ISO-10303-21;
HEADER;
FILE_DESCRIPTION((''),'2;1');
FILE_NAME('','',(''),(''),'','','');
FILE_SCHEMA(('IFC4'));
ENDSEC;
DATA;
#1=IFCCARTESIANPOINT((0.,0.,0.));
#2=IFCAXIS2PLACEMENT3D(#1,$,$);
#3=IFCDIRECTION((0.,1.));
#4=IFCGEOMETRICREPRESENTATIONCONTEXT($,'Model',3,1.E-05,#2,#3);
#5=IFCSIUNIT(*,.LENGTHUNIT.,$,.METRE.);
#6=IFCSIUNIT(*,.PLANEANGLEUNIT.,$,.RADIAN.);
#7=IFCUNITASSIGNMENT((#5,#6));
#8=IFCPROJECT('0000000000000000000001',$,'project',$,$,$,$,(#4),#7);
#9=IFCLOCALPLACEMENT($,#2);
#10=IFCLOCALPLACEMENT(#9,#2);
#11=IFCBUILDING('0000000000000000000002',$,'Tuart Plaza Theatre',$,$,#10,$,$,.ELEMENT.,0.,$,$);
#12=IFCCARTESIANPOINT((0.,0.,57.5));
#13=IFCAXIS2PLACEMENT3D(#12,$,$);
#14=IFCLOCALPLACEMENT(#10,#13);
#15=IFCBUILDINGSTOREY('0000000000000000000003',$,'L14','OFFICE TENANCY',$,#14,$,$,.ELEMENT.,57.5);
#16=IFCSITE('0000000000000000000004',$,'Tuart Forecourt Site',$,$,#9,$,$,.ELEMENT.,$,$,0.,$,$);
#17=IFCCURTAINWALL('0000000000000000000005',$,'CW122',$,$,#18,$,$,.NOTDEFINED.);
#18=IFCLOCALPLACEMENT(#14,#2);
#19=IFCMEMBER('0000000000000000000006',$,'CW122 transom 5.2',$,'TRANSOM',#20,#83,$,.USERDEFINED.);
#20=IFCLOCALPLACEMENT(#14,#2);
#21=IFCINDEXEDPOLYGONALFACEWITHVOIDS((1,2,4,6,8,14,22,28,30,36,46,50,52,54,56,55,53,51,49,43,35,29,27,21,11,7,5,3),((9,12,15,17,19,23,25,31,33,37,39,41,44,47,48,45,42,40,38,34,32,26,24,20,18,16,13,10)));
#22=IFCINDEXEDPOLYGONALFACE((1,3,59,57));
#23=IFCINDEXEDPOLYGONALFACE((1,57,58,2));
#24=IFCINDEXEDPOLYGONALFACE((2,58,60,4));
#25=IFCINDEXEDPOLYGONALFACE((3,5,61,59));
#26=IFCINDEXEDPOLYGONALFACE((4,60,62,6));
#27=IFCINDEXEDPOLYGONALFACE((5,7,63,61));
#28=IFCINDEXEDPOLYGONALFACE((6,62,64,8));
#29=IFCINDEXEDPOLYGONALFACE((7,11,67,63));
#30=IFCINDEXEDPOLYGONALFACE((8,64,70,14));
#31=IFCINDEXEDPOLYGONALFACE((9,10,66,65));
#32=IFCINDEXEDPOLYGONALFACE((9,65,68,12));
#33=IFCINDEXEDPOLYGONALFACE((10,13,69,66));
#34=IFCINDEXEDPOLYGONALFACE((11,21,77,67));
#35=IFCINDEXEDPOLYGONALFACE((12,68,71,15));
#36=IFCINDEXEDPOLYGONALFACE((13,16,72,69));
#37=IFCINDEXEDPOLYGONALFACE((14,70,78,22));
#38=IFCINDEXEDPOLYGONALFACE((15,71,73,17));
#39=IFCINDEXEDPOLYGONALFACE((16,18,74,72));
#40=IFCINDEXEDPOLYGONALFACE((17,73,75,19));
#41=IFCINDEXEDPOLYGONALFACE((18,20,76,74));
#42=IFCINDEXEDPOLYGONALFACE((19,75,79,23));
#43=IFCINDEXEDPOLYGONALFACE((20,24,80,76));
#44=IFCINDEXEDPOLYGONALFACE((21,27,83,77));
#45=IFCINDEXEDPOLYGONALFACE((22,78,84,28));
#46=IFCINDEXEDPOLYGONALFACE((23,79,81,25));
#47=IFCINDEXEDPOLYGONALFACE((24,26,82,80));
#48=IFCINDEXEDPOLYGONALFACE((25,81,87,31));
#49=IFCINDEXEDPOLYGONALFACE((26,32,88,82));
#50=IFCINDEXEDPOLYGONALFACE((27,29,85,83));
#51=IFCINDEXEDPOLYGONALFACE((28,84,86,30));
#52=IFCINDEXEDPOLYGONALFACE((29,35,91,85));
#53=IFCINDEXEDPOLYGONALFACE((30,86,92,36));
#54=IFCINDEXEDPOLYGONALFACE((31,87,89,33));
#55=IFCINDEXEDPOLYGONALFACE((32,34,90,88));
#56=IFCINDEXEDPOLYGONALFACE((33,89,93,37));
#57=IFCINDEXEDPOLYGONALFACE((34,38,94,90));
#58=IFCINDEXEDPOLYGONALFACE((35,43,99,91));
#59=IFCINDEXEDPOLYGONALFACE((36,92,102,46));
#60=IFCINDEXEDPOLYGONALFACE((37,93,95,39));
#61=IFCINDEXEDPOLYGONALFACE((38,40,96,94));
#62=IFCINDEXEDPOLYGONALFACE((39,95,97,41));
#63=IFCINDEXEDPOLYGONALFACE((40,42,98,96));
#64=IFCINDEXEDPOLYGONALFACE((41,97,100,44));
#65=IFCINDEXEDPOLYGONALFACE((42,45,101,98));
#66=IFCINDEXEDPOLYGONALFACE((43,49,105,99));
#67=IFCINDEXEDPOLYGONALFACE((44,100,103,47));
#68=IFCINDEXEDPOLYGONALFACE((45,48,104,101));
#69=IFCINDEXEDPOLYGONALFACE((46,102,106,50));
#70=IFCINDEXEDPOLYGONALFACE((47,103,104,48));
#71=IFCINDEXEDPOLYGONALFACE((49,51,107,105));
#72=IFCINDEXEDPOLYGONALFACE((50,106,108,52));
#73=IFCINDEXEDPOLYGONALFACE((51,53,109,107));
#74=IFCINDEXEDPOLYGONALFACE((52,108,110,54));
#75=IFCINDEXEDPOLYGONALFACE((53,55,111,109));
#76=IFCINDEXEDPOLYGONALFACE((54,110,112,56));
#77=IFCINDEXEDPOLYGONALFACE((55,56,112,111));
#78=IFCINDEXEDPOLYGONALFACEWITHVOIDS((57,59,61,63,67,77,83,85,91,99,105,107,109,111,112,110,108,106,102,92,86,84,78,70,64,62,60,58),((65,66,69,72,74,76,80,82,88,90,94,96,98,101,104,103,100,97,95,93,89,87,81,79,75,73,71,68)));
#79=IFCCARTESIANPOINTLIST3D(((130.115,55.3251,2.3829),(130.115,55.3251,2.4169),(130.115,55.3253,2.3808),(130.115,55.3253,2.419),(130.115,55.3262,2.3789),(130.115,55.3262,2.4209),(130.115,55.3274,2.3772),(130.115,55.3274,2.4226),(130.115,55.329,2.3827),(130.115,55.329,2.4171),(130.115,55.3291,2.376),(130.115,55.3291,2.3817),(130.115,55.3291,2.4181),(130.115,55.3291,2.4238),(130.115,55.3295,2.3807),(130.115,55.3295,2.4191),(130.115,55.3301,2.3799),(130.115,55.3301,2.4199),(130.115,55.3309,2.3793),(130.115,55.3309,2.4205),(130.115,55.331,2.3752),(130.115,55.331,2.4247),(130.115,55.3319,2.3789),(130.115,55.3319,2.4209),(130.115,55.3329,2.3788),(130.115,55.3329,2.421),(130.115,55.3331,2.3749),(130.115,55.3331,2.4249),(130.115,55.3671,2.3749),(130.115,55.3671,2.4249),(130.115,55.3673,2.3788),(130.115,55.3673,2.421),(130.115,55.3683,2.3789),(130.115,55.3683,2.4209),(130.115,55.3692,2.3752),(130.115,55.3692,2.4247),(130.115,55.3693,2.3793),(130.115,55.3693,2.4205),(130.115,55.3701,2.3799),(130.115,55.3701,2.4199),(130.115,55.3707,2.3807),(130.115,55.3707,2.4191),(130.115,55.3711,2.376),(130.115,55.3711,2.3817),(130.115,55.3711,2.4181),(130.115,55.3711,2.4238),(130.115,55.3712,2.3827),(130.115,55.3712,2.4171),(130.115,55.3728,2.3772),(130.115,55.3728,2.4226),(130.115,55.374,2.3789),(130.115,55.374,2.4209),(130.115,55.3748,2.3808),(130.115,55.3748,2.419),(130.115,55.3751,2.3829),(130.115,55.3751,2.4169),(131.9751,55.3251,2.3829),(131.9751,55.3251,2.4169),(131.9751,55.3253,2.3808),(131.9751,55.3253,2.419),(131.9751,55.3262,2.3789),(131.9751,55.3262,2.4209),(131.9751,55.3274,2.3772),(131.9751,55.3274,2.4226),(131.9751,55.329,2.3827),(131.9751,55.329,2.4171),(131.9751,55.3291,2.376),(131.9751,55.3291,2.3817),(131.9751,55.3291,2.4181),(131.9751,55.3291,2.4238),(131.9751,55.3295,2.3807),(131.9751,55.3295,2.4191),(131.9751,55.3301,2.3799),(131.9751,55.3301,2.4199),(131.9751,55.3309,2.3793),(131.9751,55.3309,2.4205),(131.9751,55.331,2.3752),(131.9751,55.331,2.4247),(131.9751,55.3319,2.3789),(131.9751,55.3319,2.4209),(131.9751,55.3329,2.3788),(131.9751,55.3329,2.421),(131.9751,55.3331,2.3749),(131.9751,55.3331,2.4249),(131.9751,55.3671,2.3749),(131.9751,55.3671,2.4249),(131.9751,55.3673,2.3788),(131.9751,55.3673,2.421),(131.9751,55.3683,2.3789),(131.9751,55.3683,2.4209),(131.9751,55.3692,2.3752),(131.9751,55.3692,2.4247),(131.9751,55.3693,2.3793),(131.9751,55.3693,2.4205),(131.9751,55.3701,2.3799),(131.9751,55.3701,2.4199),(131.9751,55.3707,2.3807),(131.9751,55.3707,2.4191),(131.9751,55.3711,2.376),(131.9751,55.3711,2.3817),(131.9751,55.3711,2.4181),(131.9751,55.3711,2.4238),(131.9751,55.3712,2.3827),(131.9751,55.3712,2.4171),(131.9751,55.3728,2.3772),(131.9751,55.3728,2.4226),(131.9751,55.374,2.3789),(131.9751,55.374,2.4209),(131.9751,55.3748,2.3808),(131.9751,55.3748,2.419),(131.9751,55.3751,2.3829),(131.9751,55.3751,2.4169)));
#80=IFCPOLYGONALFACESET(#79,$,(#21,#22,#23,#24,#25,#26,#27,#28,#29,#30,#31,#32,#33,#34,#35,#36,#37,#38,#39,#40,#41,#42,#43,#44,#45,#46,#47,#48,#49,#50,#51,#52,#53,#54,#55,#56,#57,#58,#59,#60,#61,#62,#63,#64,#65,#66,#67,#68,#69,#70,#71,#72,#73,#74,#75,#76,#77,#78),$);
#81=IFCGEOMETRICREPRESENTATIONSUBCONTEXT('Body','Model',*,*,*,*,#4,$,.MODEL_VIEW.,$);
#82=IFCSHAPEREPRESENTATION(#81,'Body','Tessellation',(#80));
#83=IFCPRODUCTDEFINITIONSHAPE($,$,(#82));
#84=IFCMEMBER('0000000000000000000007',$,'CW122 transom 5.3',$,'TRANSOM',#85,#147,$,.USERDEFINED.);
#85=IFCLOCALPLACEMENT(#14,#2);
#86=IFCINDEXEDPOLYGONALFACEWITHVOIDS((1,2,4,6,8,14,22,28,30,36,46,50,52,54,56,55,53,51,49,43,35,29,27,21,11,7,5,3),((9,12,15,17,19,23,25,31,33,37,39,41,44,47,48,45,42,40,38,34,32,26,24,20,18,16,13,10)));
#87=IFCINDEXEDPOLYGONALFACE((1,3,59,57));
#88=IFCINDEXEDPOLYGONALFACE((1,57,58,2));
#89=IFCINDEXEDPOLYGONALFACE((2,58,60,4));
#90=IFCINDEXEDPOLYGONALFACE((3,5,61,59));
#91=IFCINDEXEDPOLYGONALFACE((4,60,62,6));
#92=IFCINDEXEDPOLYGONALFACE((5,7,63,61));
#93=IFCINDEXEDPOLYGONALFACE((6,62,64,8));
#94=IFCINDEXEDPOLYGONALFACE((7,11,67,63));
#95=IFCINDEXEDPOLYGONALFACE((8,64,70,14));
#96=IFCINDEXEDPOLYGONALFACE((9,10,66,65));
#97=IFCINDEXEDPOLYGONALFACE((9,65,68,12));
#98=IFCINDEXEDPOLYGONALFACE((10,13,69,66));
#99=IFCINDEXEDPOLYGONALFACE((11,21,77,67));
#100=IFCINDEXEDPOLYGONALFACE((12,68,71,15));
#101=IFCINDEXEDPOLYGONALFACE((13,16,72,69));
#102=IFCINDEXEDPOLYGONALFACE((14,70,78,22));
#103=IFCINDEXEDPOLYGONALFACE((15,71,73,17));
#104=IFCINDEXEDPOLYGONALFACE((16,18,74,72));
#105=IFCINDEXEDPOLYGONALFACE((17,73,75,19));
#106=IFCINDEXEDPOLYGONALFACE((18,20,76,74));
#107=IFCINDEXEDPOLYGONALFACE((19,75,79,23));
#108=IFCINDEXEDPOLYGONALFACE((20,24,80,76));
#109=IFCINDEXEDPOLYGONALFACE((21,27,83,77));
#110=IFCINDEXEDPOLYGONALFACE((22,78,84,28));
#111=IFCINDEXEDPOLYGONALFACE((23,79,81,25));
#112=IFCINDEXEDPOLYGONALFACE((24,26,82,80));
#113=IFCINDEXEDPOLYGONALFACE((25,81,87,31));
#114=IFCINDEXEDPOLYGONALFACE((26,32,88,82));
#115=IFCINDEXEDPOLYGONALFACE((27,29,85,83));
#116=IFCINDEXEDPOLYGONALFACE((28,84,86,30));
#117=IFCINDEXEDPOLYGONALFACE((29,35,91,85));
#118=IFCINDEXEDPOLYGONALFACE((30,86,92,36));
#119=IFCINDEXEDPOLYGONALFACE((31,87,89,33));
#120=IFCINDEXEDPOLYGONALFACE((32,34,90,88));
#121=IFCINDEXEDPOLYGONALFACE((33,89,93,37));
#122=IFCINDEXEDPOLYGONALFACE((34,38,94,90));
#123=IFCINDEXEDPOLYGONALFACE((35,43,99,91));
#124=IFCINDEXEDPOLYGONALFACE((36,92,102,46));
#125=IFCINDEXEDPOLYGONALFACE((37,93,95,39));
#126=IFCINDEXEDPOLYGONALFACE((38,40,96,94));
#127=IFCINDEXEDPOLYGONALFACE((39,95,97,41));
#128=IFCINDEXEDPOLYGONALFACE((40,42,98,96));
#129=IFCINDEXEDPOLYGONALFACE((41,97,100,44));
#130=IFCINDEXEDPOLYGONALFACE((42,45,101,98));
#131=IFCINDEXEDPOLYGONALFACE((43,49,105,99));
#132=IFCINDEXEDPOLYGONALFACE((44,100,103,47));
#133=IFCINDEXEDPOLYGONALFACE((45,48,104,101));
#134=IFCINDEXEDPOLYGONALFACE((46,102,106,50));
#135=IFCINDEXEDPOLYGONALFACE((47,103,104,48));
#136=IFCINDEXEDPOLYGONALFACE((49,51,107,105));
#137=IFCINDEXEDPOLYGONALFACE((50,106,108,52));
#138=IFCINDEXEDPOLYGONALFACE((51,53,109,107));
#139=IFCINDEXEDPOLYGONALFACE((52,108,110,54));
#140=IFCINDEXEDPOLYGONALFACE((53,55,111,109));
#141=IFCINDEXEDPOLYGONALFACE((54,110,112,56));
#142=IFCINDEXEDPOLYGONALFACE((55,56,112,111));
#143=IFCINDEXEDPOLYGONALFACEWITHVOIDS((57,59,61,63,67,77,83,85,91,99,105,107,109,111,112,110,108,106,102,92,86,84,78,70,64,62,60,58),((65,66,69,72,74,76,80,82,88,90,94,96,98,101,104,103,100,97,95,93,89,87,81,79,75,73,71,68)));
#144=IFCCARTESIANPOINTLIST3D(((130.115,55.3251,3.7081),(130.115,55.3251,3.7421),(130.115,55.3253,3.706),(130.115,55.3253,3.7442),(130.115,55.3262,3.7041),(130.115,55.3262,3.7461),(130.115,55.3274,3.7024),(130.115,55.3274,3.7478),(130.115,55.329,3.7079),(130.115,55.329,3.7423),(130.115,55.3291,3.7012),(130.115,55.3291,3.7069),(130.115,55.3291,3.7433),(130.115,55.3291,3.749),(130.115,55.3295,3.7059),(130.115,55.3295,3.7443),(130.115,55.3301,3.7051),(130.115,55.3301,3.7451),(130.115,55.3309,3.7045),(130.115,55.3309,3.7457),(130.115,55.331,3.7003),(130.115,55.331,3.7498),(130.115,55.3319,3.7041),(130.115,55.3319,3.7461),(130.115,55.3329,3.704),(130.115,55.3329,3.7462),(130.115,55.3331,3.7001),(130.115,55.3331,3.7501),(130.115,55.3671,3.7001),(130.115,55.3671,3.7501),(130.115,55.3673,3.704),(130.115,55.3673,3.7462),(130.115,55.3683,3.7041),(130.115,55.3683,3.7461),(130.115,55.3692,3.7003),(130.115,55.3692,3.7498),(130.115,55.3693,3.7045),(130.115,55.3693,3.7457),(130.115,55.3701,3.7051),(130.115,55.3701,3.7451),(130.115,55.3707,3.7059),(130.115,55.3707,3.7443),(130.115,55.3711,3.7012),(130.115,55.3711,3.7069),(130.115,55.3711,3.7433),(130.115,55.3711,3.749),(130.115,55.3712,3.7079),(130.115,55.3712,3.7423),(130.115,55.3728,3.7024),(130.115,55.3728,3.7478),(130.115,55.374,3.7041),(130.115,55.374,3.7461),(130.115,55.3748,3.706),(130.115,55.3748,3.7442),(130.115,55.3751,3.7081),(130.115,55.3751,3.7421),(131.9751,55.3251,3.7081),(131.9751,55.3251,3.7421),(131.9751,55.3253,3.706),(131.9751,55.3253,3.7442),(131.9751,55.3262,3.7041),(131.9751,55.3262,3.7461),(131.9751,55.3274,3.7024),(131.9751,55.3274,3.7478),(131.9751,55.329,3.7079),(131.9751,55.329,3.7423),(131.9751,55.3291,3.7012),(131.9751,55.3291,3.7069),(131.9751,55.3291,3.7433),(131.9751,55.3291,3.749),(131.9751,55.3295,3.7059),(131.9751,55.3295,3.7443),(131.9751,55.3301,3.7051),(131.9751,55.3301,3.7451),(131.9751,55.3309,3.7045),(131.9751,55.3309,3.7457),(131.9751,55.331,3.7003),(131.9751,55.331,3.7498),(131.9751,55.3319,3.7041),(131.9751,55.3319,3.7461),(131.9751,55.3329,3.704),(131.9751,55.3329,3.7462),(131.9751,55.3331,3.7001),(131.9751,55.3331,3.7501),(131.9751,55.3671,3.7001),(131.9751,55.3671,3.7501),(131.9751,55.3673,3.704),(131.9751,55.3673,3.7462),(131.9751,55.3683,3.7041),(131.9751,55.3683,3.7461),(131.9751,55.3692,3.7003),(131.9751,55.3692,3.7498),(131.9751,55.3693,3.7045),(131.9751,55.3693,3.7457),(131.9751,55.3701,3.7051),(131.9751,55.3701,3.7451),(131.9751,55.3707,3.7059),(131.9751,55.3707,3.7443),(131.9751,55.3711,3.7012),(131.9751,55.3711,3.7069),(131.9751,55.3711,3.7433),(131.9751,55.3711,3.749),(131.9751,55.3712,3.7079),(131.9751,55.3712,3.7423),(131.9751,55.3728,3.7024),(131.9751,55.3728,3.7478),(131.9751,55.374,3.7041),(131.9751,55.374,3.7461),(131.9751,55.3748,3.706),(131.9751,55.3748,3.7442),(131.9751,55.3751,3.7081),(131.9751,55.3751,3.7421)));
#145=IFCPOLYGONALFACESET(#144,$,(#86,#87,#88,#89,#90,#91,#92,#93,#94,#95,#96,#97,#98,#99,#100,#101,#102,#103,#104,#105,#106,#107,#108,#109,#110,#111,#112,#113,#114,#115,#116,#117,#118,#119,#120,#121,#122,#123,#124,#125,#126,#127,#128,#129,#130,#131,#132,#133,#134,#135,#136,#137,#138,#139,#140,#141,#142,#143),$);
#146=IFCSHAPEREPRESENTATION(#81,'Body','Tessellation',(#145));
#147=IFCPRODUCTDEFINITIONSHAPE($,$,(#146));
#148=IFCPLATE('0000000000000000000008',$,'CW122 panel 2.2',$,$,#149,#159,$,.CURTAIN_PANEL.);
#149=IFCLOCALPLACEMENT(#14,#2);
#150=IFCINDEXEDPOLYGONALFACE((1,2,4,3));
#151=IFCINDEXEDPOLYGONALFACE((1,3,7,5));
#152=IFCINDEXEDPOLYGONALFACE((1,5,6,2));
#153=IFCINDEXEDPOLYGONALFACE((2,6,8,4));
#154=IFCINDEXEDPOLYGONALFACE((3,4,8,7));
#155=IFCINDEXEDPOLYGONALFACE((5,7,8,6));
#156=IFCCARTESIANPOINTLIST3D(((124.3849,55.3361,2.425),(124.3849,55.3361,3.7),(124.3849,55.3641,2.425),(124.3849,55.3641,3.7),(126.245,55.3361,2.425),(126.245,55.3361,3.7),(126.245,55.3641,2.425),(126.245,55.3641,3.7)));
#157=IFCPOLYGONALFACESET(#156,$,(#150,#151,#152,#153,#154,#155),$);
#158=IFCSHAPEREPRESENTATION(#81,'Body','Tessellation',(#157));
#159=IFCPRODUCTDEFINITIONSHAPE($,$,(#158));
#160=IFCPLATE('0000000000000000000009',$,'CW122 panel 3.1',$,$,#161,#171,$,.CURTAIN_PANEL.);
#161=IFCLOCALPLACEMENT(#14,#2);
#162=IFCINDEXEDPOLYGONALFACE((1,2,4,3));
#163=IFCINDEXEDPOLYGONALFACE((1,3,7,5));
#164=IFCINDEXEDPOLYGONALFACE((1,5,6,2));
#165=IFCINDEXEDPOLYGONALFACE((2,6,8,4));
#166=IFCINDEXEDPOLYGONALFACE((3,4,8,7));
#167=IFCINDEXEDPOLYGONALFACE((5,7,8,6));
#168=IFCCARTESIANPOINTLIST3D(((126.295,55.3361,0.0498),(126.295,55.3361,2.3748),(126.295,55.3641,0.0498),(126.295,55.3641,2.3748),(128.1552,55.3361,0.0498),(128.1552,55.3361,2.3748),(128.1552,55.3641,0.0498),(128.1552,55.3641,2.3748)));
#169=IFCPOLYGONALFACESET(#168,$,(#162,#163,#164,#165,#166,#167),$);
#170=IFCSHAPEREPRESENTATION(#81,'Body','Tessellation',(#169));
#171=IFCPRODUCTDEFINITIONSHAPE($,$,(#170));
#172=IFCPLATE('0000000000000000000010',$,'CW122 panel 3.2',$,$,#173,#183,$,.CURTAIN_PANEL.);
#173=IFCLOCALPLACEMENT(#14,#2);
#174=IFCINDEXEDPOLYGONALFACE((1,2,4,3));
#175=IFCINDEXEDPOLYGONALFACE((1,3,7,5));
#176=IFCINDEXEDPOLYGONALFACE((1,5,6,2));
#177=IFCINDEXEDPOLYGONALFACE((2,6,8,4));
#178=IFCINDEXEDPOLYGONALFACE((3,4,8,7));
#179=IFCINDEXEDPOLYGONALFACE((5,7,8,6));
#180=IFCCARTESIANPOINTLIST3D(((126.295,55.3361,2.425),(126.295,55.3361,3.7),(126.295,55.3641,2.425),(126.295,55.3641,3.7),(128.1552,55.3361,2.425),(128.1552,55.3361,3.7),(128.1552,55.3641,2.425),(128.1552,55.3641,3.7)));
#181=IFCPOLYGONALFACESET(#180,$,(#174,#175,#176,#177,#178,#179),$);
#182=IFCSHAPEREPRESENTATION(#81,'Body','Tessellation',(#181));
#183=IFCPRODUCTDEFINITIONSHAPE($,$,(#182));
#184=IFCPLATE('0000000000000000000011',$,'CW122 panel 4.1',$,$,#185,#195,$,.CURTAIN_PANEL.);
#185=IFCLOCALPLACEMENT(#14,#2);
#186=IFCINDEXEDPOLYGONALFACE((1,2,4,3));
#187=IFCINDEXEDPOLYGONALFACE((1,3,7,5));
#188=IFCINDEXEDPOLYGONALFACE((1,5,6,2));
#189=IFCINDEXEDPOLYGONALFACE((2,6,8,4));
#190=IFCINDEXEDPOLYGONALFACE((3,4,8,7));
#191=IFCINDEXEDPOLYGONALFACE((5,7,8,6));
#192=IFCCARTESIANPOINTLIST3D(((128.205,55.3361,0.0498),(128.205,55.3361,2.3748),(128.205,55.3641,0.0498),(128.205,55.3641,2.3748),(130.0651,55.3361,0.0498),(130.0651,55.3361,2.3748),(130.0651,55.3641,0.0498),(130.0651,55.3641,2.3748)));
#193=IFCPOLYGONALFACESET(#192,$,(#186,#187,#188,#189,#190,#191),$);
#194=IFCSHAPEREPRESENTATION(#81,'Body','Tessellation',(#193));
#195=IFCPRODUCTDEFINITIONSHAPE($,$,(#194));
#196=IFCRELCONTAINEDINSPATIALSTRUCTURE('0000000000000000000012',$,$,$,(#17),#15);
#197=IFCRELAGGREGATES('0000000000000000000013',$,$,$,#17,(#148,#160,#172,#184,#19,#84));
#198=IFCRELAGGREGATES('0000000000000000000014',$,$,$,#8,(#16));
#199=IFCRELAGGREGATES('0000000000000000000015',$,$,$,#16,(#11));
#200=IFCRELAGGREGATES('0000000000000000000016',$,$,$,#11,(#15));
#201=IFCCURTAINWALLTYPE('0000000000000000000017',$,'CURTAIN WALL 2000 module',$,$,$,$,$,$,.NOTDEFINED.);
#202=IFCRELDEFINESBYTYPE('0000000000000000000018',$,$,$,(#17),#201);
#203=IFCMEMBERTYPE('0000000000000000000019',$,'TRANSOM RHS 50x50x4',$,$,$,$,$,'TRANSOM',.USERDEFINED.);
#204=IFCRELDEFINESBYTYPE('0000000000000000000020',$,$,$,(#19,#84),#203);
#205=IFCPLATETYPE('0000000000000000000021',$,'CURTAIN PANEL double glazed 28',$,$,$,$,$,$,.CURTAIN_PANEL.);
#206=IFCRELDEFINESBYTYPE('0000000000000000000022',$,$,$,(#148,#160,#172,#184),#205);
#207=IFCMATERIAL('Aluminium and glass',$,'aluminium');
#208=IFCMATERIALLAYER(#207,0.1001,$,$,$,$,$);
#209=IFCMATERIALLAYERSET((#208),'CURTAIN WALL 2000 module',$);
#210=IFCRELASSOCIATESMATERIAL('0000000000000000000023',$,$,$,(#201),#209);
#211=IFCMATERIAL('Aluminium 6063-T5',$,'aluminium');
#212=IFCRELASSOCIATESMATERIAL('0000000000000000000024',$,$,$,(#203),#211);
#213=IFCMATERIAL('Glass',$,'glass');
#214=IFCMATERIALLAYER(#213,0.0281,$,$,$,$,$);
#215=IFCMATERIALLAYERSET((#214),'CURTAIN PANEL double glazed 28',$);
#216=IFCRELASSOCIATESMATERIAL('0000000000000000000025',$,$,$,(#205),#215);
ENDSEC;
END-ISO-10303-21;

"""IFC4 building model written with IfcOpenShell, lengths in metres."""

from ifc_helpers import new_model, si_unit, direction, frame, origin, origin_2d, place, context, subcontext, project, spatial, rectangle, hollow_rectangle, extrude, material, layer, layer_set, material_profile, profile_set, type_object, element, aggregate, save


model = new_model("IFC4")

# Units and contexts
model_context = context("Model", 3, precision=1e-05, world=origin(), true_north=direction((0.0, 1.0)))
body_context = subcontext(model_context, "Body", "Model", "MODEL_VIEW")
ifc_project = project(units=[si_unit("LENGTHUNIT", "METRE"), si_unit("PLANEANGLEUNIT", "RADIAN")], contexts=[model_context])

# Site, building, storey
site_placement = place(None, origin())
site = spatial("IfcSite", under=ifc_project, at=site_placement, Name="Tuart Forecourt Site", CompositionType="ELEMENT", RefElevation=0.0)
building_placement = place(site_placement, origin())
building = spatial("IfcBuilding", under=site, at=building_placement, Name="Tuart Plaza Theatre", CompositionType="ELEMENT", ElevationOfRefHeight=0.0)
storey_placement = place(building_placement, frame((0.0, 0.0, 57.5)))
storey = spatial("IfcBuildingStorey", under=building, at=storey_placement, Name="L14", Description="OFFICE TENANCY", CompositionType="ELEMENT", Elevation=57.5)

# Curtain wall, members, plates
ifc_material_1 = material(Name="Aluminium and glass", Category="aluminium")
ifc_layer_1 = layer(ifc_material_1, 0.1001)
ifc_layer_set_1 = layer_set([ifc_layer_1], Name="CURTAIN WALL 2000 module")
curtain_wall_type = type_object("IfcCurtainWallType", Name="CURTAIN WALL 2000 module", PredefinedType="NOTDEFINED", material=ifc_layer_set_1)
curtain_wall_placement = place(storey_placement, origin())
curtain_wall = element("IfcCurtainWall", 1, at=curtain_wall_placement, inside=storey, type_object=curtain_wall_type, Name="CW122", PredefinedType="NOTDEFINED")
ifc_material_2 = material(Name="Aluminium 6063-T5", Category="aluminium")
ifc_material_profile_1 = material_profile(ifc_material_2, hollow_rectangle(XDim=0.05, YDim=0.05, WallThickness=0.0039, InnerFilletRadius=0.0039, OuterFilletRadius=0.0081, at=origin_2d()), Name="RHS 50x50x4")
ifc_profile_set_1 = profile_set([ifc_material_profile_1], Name="Aluminium 6063-T5")
member_type_1 = type_object("IfcMemberType", Name="TRANSOM RHS 50x50x4", ElementType="TRANSOM", PredefinedType="USERDEFINED", material=ifc_profile_set_1)
member_1_placement = place(storey_placement, frame((130.115, 55.3501, 2.3999), z_axis=(1.0, 0.0, 0.0), x_axis=(0.0, 1.0, 0.0)))
member_1 = element("IfcMember", 2, at=member_1_placement, type_object=member_type_1, Name="CW122 transom 5.2", ObjectType="TRANSOM", PredefinedType="USERDEFINED", context=body_context, shape_type="SweptSolid", body=[
    extrude(hollow_rectangle(XDim=0.05, YDim=0.05, WallThickness=0.0039, InnerFilletRadius=0.0039, OuterFilletRadius=0.0081, at=origin_2d()), origin(), (0.0, 0.0, 1.0), 1.8601),
])
member_2_placement = place(storey_placement, frame((130.115, 55.3501, 3.7251), z_axis=(1.0, 0.0, 0.0), x_axis=(0.0, 1.0, 0.0)))
member_2 = element("IfcMember", 3, at=member_2_placement, type_object=member_type_1, Name="CW122 transom 5.3", ObjectType="TRANSOM", PredefinedType="USERDEFINED", context=body_context, shape_type="SweptSolid", body=[
    extrude(hollow_rectangle(XDim=0.05, YDim=0.05, WallThickness=0.0039, InnerFilletRadius=0.0039, OuterFilletRadius=0.0081, at=origin_2d()), origin(), (0.0, 0.0, 1.0), 1.8601),
])
ifc_material_3 = material(Name="Glass", Category="glass")
ifc_layer_2 = layer(ifc_material_3, 0.0281)
ifc_layer_set_2 = layer_set([ifc_layer_2], Name="CURTAIN PANEL double glazed 28")
plate_type = type_object("IfcPlateType", Name="CURTAIN PANEL double glazed 28", PredefinedType="CURTAIN_PANEL", material=ifc_layer_set_2)
plate_1_placement = place(storey_placement, frame((125.3149, 55.3501, 2.425), z_axis=(0.0, 0.0, 1.0), x_axis=(1.0, 0.0, 0.0)))
plate_1 = element("IfcPlate", 4, at=plate_1_placement, type_object=plate_type, Name="CW122 panel 2.2", PredefinedType="CURTAIN_PANEL", context=body_context, shape_type="SweptSolid", body=[
    extrude(rectangle(XDim=1.8601, YDim=0.0281, at=origin_2d()), origin(), (0.0, 0.0, 1.0), 1.2749),
])
plate_2_placement = place(storey_placement, frame((127.2251, 55.3501, 0.0498), z_axis=(0.0, 0.0, 1.0), x_axis=(1.0, 0.0, 0.0)))
plate_2 = element("IfcPlate", 5, at=plate_2_placement, type_object=plate_type, Name="CW122 panel 3.1", PredefinedType="CURTAIN_PANEL", context=body_context, shape_type="SweptSolid", body=[
    extrude(rectangle(XDim=1.8601, YDim=0.0281, at=origin_2d()), origin(), (0.0, 0.0, 1.0), 2.325),
])
plate_3_placement = place(storey_placement, frame((127.2251, 55.3501, 2.425), z_axis=(0.0, 0.0, 1.0), x_axis=(1.0, 0.0, 0.0)))
plate_3 = element("IfcPlate", 6, at=plate_3_placement, type_object=plate_type, Name="CW122 panel 3.2", PredefinedType="CURTAIN_PANEL", context=body_context, shape_type="SweptSolid", body=[
    extrude(rectangle(XDim=1.8601, YDim=0.0281, at=origin_2d()), origin(), (0.0, 0.0, 1.0), 1.2749),
])
plate_4_placement = place(storey_placement, frame((129.135, 55.3501, 0.0498), z_axis=(0.0, 0.0, 1.0), x_axis=(1.0, 0.0, 0.0)))
plate_4 = element("IfcPlate", 7, at=plate_4_placement, type_object=plate_type, Name="CW122 panel 4.1", PredefinedType="CURTAIN_PANEL", context=body_context, shape_type="SweptSolid", body=[
    extrude(rectangle(XDim=1.8601, YDim=0.0281, at=origin_2d()), origin(), (0.0, 0.0, 1.0), 2.325),
])
aggregate(curtain_wall, [plate_1, plate_2, plate_3, plate_4, member_1, member_2])

save(model, "model.ifc")
